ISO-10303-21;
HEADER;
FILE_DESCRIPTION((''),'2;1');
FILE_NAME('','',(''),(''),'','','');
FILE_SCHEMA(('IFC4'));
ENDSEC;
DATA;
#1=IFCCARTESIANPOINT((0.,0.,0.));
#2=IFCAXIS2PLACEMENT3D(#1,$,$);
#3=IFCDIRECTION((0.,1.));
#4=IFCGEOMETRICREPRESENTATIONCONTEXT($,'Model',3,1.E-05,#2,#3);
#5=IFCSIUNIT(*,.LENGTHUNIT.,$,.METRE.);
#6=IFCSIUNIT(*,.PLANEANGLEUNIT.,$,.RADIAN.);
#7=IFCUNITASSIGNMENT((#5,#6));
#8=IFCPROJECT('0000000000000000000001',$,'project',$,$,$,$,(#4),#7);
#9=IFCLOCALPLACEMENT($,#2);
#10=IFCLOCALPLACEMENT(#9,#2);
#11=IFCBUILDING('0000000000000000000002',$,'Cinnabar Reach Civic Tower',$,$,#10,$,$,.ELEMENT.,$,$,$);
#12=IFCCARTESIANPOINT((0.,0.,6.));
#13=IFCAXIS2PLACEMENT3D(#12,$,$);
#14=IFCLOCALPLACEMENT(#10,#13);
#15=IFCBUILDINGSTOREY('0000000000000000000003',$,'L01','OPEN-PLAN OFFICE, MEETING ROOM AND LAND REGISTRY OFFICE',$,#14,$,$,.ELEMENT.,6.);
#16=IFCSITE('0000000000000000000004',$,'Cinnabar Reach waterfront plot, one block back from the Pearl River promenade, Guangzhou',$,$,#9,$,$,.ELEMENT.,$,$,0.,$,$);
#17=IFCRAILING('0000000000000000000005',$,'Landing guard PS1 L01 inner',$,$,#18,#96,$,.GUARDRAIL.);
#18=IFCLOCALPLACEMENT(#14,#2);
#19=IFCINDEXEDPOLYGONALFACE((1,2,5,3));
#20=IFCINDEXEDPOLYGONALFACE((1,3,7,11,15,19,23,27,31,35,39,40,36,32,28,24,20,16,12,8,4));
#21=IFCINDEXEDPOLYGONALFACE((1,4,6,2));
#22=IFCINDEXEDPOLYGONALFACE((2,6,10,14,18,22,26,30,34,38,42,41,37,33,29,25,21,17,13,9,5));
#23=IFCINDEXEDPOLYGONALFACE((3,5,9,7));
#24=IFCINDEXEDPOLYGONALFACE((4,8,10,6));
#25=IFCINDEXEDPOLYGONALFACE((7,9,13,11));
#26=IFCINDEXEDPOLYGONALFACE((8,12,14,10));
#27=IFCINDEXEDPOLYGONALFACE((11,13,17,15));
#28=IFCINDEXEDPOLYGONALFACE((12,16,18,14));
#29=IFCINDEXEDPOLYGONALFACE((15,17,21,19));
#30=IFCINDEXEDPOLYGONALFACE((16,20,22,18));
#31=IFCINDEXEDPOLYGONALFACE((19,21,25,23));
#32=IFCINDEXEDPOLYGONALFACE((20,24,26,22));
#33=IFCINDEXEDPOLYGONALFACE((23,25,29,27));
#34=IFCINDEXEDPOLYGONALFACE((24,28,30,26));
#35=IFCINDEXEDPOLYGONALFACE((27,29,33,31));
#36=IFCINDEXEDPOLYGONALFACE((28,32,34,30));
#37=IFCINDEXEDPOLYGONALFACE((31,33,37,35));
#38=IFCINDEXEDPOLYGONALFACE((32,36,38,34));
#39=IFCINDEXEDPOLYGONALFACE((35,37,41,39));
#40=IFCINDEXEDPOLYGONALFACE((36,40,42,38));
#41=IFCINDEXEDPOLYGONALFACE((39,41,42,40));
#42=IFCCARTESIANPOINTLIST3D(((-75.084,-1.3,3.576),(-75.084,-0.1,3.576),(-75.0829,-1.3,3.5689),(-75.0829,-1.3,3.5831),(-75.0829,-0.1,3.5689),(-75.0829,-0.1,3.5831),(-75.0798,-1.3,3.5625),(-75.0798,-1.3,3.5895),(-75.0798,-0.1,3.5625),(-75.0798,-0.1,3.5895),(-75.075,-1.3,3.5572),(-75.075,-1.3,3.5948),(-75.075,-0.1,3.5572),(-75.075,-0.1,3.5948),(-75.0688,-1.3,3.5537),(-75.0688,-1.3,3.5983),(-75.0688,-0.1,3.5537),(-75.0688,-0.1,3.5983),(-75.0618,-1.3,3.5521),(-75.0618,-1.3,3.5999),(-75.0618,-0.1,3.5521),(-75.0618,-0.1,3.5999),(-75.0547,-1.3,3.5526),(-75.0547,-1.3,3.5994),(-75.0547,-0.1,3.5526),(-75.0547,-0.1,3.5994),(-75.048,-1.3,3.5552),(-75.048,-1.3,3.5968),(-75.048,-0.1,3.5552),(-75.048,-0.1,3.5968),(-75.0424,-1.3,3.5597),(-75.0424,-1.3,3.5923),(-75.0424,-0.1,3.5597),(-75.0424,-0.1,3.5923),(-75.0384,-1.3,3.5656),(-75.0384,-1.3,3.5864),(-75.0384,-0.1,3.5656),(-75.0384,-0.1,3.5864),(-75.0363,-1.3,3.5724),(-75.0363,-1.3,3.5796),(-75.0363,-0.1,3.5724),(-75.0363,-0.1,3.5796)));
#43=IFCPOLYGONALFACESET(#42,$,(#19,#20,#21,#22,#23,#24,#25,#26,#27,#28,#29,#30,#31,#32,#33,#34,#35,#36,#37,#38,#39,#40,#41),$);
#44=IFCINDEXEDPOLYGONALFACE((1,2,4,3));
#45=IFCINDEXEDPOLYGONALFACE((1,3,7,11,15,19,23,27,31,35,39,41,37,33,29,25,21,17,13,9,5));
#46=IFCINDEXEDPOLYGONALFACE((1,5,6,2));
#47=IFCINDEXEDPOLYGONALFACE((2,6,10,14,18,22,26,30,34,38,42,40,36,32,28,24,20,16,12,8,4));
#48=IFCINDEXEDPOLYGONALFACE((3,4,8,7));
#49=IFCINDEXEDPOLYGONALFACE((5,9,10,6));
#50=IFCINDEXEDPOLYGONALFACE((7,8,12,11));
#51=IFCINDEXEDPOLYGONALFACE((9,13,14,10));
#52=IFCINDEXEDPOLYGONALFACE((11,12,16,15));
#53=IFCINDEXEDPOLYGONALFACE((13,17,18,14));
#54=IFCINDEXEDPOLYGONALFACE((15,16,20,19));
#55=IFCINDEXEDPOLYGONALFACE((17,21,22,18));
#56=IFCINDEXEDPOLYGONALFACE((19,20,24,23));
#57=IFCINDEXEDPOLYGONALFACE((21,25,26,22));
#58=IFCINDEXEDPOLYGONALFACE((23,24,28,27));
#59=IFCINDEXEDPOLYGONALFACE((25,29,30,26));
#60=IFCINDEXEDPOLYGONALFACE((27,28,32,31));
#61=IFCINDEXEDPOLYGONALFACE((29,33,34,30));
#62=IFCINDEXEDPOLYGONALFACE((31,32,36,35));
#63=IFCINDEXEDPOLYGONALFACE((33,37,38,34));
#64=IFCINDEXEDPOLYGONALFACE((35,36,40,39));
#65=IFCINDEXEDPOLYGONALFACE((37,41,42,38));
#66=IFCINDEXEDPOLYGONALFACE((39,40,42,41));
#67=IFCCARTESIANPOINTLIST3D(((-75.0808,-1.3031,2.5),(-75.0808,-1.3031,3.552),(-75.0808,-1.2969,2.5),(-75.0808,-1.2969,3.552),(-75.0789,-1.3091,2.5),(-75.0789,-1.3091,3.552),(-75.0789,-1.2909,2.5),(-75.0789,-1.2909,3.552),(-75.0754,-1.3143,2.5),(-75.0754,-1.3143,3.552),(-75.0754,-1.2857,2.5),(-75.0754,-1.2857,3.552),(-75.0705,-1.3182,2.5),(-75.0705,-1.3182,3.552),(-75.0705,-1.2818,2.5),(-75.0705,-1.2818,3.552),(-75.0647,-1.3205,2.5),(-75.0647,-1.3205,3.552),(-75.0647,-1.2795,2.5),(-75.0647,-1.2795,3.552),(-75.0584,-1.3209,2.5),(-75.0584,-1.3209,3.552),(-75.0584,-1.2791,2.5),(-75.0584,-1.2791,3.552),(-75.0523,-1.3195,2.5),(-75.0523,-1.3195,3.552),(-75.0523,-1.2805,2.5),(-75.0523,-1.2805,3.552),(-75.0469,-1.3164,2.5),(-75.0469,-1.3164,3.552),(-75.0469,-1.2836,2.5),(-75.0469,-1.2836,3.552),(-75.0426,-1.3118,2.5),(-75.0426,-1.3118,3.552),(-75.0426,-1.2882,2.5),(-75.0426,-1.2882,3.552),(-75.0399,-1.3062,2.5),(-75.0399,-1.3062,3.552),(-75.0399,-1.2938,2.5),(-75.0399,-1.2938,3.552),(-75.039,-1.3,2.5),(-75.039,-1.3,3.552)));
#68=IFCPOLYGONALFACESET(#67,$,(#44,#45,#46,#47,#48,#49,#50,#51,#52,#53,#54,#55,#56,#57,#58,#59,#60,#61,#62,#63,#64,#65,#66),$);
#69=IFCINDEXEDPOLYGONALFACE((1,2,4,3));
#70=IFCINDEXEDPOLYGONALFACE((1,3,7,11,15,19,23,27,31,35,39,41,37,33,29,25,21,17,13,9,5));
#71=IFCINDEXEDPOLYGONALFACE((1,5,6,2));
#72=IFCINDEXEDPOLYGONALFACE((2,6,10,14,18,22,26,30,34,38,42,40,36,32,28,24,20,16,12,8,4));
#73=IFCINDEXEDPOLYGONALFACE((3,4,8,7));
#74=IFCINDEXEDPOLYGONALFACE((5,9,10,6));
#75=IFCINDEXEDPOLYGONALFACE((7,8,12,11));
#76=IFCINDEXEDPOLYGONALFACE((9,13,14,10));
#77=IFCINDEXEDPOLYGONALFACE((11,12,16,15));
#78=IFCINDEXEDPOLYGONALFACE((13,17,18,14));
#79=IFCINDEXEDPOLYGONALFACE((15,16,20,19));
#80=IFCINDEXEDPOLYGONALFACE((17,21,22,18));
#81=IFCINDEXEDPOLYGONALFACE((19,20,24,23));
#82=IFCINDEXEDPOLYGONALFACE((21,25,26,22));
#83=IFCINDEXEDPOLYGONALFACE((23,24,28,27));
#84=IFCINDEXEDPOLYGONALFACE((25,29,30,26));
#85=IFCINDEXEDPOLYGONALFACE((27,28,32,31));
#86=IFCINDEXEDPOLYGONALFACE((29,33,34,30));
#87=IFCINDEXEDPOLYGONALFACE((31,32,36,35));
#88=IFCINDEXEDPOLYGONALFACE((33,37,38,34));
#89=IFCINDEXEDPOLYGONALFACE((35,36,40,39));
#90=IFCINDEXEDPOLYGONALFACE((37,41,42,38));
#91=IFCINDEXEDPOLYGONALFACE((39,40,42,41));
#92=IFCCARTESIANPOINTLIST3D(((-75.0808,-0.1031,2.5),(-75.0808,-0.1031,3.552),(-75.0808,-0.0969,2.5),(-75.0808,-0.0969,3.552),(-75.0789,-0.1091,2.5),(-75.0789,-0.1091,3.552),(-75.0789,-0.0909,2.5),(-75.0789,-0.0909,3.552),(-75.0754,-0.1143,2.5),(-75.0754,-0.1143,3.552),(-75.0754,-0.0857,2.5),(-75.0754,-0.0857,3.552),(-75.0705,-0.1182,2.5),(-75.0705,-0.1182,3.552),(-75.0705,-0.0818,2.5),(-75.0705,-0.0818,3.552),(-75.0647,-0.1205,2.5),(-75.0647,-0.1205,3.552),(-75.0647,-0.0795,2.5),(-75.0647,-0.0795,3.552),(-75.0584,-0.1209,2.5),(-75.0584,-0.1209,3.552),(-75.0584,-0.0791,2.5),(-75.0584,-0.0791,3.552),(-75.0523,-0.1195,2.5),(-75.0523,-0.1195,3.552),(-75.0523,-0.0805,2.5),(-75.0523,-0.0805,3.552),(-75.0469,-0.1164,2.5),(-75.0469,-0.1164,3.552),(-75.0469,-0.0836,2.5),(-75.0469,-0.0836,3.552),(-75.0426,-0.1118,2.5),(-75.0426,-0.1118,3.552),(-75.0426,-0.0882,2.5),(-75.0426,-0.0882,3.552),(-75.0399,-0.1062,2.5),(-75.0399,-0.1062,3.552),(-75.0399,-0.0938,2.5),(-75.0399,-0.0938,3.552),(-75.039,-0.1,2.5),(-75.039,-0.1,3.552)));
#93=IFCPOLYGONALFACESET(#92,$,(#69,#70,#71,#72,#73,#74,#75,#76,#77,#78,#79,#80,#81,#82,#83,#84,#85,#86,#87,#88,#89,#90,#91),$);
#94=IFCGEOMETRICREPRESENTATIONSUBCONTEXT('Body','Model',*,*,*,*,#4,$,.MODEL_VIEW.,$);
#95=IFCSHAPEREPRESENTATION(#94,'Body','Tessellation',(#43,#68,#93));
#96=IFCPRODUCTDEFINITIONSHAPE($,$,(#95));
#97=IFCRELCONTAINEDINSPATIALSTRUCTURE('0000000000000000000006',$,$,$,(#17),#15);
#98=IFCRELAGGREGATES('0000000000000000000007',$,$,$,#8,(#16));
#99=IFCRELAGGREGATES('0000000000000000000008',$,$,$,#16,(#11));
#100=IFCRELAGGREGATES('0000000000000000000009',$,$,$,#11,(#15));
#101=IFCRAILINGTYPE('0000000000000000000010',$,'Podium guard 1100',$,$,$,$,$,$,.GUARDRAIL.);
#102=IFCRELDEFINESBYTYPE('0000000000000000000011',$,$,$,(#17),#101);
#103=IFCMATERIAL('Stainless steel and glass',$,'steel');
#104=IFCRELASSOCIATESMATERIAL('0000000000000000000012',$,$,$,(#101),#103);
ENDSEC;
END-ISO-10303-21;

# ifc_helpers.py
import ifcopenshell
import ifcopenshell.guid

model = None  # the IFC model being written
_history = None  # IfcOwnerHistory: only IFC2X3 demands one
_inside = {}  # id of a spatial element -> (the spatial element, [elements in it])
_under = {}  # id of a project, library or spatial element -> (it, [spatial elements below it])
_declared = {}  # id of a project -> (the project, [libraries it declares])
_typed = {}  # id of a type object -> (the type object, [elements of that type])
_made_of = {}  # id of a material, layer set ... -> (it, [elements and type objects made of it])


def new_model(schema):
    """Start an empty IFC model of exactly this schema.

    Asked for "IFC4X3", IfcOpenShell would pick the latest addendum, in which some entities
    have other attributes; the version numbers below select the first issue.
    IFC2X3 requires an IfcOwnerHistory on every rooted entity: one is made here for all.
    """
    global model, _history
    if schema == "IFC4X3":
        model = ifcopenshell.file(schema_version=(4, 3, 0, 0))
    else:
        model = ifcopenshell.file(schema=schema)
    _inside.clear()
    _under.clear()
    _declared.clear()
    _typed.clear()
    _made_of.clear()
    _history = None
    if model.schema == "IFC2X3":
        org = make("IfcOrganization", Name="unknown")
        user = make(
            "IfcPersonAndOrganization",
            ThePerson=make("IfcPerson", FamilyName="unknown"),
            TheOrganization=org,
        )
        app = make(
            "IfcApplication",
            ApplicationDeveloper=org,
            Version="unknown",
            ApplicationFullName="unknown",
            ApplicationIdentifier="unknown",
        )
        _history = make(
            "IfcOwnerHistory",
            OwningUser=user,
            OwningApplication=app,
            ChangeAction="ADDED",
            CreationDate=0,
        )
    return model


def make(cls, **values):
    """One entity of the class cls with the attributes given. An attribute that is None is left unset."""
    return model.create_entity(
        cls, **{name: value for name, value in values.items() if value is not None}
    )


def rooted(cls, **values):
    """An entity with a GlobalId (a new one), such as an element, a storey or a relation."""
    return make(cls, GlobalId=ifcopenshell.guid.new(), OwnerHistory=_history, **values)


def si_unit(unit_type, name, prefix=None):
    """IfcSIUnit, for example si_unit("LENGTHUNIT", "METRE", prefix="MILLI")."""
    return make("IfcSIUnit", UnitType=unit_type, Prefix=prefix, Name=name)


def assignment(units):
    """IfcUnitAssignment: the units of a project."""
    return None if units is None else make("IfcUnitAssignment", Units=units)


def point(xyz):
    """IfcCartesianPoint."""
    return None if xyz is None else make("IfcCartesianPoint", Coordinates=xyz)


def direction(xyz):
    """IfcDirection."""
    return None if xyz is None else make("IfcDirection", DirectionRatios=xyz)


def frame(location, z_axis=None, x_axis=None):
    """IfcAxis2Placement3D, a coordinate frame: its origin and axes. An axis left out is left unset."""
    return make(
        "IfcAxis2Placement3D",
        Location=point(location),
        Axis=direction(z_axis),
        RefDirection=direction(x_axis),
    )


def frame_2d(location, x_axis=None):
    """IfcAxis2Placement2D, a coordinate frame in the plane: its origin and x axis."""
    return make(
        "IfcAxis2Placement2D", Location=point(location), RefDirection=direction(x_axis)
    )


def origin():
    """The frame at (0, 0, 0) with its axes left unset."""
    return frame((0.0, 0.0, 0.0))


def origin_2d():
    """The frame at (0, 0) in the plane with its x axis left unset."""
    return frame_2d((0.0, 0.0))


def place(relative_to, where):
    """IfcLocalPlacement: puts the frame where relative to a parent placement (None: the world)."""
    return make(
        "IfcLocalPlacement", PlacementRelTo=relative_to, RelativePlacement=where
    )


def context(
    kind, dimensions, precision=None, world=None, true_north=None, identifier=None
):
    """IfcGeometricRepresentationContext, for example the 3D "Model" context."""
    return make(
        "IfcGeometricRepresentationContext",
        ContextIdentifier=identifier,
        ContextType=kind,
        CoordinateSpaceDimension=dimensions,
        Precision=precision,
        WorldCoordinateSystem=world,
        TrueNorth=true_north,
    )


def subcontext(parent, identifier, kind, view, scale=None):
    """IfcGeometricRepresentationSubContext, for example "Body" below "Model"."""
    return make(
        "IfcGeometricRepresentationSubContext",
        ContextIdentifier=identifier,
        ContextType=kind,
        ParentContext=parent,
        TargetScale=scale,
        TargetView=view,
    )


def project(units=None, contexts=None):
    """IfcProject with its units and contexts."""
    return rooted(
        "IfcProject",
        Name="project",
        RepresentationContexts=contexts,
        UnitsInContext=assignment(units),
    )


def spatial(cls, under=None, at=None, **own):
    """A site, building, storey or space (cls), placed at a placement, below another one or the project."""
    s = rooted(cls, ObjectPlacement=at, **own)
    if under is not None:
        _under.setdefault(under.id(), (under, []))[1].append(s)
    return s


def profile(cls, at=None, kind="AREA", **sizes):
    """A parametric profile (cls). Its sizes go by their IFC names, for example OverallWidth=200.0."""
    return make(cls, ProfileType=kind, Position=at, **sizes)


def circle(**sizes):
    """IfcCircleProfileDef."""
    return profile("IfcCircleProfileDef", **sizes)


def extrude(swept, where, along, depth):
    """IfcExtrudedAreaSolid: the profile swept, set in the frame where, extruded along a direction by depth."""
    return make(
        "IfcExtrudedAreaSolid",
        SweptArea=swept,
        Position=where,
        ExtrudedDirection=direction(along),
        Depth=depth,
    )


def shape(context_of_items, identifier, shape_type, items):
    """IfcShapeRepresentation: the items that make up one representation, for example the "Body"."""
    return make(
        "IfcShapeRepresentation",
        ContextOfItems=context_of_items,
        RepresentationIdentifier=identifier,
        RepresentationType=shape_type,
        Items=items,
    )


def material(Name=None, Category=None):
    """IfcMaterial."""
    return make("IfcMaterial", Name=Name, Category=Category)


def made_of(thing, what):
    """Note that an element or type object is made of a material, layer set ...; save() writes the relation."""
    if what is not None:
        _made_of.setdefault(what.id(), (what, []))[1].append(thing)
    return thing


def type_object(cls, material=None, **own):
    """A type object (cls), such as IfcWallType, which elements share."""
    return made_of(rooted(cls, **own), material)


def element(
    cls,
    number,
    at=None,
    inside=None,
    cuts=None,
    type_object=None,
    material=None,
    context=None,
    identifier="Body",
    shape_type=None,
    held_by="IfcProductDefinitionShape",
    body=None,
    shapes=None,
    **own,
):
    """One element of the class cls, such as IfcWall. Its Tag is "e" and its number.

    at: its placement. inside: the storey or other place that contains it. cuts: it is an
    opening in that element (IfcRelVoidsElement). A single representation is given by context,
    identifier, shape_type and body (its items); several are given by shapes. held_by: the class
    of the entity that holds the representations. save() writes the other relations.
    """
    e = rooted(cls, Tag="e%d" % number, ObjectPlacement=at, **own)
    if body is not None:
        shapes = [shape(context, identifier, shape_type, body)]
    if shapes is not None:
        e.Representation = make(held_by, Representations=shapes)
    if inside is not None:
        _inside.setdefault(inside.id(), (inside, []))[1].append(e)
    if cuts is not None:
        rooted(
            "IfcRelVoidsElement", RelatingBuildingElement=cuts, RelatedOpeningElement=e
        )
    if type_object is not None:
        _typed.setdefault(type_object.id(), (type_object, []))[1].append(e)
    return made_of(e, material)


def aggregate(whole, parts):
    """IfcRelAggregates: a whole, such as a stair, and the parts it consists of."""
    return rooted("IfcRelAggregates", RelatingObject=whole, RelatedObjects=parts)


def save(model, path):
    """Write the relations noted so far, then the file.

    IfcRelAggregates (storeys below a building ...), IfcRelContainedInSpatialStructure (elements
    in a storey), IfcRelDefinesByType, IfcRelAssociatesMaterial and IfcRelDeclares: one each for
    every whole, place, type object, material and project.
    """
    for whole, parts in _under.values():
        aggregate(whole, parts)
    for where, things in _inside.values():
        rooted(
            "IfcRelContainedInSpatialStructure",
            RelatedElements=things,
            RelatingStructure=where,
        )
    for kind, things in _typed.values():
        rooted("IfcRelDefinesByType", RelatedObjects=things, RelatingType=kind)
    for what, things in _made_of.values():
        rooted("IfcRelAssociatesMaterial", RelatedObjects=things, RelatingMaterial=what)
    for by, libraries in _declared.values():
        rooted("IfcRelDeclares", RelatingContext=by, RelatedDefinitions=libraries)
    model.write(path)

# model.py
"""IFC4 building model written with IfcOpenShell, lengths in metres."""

from ifc_helpers import new_model, si_unit, direction, frame, origin, origin_2d, place, context, subcontext, project, spatial, circle, extrude, material, type_object, element, save


model = new_model("IFC4")

# Units and contexts
model_context = context("Model", 3, precision=1e-05, world=origin(), true_north=direction((0.0, 1.0)))
body_context = subcontext(model_context, "Body", "Model", "MODEL_VIEW")
ifc_project = project(units=[si_unit("LENGTHUNIT", "METRE"), si_unit("PLANEANGLEUNIT", "RADIAN")], contexts=[model_context])

# Site, building, storey
site_placement = place(None, origin())
site = spatial("IfcSite", under=ifc_project, at=site_placement, Name="Cinnabar Reach waterfront plot, one block back from the Pearl River promenade, Guangzhou", CompositionType="ELEMENT", RefElevation=0.0)
building_placement = place(site_placement, origin())
building = spatial("IfcBuilding", under=site, at=building_placement, Name="Cinnabar Reach Civic Tower", CompositionType="ELEMENT")
storey_placement = place(building_placement, frame((0.0, 0.0, 6.0)))
storey = spatial("IfcBuildingStorey", under=building, at=storey_placement, Name="L01", Description="OPEN-PLAN OFFICE, MEETING ROOM AND LAND REGISTRY OFFICE", CompositionType="ELEMENT", Elevation=6.0)

# Railing
ifc_material_1 = material(Name="Stainless steel and glass", Category="steel")
railing_type = type_object("IfcRailingType", Name="Podium guard 1100", PredefinedType="GUARDRAIL", material=ifc_material_1)
railing_1_placement = place(storey_placement, frame((-75.06, -1.3, 2.5)))
element("IfcRailing", 1, at=railing_1_placement, inside=storey, type_object=railing_type, Name="Landing guard PS1 L01 inner", PredefinedType="GUARDRAIL", context=body_context, shape_type="SweptSolid", body=[
    extrude(circle(Radius=0.024, at=origin_2d()), frame((0.0, 0.0, 1.076), z_axis=(0.0, 1.0, 0.0), x_axis=(-1.0, 0.0, 0.0)), (0.0, 0.0, 1.0), 1.2),
    extrude(circle(Radius=0.021, at=origin_2d()), origin(), (0.0, 0.0, 1.0), 1.052),
    extrude(circle(Radius=0.021, at=origin_2d()), frame((0.0, 1.2, 0.0)), (0.0, 0.0, 1.0), 1.052),
])

save(model, "model.ifc")
